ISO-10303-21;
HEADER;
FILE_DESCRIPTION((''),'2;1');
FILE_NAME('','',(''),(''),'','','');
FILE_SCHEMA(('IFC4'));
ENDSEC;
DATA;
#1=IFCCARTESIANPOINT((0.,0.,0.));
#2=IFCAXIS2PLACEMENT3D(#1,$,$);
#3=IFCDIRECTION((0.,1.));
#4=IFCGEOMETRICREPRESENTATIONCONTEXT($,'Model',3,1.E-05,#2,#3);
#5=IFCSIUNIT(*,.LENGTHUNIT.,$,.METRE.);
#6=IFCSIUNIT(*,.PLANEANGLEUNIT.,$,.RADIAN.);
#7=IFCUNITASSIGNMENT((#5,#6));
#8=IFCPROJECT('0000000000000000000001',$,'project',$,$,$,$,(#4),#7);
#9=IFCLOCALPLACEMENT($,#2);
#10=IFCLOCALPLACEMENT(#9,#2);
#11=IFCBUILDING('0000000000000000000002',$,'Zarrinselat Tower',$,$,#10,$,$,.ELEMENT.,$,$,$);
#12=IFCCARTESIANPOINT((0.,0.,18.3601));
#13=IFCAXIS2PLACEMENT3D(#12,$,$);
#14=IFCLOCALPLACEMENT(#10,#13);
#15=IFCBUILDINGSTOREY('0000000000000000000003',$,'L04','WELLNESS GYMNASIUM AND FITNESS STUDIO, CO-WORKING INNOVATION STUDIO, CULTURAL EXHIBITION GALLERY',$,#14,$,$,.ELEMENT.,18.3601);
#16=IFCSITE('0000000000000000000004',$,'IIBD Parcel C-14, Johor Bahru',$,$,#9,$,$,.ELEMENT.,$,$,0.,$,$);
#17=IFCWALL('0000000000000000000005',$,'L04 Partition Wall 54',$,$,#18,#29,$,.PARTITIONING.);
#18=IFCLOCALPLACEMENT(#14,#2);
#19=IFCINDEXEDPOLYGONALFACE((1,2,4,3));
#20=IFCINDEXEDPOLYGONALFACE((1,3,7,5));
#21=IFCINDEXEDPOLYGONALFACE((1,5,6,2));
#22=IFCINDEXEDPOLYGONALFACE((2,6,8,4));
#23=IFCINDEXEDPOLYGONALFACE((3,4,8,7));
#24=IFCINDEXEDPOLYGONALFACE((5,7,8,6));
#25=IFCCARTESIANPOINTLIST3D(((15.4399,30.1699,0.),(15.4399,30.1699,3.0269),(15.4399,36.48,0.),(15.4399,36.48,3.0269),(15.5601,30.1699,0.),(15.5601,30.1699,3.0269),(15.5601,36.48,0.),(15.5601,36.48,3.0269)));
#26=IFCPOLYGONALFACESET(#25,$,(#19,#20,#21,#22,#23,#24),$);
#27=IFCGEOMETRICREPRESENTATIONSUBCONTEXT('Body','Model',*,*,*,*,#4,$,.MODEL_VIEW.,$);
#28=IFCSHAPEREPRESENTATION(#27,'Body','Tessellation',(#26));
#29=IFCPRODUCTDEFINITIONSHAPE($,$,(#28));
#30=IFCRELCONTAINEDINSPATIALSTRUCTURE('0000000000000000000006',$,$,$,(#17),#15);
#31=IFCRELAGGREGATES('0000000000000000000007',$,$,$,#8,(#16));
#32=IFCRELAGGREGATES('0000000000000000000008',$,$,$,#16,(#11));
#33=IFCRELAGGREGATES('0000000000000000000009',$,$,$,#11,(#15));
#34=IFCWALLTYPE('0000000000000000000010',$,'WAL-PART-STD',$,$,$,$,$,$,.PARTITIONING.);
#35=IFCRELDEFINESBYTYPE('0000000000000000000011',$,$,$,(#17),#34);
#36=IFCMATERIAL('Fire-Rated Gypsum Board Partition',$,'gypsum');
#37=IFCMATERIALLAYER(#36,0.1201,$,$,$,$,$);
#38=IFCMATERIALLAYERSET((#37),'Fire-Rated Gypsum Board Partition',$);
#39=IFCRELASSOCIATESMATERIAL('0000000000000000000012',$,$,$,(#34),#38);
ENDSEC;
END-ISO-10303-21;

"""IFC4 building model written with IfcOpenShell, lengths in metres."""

from ifc_helpers import new_model, si_unit, direction, frame, frame_2d, origin, place, context, subcontext, project, spatial, rectangle, extrude, material, layer, layer_set, type_object, element, save


model = new_model("IFC4")

# Units and contexts
model_context = context("Model", 3, precision=1e-05, world=origin(), true_north=direction((0.0, 1.0)))
body_context = subcontext(model_context, "Body", "Model", "MODEL_VIEW")
ifc_project = project(units=[si_unit("LENGTHUNIT", "METRE"), si_unit("PLANEANGLEUNIT", "RADIAN")], contexts=[model_context])

# Site, building, storey
site_placement = place(None, origin())
site = spatial("IfcSite", under=ifc_project, at=site_placement, Name="IIBD Parcel C-14, Johor Bahru", CompositionType="ELEMENT", RefElevation=0.0)
building_placement = place(site_placement, origin())
building = spatial("IfcBuilding", under=site, at=building_placement, Name="Zarrinselat Tower", CompositionType="ELEMENT")
storey_placement = place(building_placement, frame((0.0, 0.0, 18.3601)))
storey = spatial("IfcBuildingStorey", under=building, at=storey_placement, Name="L04", Description="WELLNESS GYMNASIUM AND FITNESS STUDIO, CO-WORKING INNOVATION STUDIO, CULTURAL EXHIBITION GALLERY", CompositionType="ELEMENT", Elevation=18.3601)

# Wall
ifc_material_1 = material(Name="Fire-Rated Gypsum Board Partition", Category="gypsum")
ifc_layer_1 = layer(ifc_material_1, 0.1201)
ifc_layer_set_1 = layer_set([ifc_layer_1], Name="Fire-Rated Gypsum Board Partition")
wall_type_1 = type_object("IfcWallType", Name="WAL-PART-STD", PredefinedType="PARTITIONING", material=ifc_layer_set_1)
wall_1_placement = place(storey_placement, frame((15.5, 30.1699, 0.0), z_axis=(0.0, 0.0, 1.0), x_axis=(0.0, 1.0, 0.0)))
element("IfcWall", 1, at=wall_1_placement, inside=storey, type_object=wall_type_1, Name="L04 Partition Wall 54", PredefinedType="PARTITIONING", context=body_context, shape_type="SweptSolid", body=[
    extrude(rectangle(XDim=6.3101, YDim=0.1201, at=frame_2d((3.155, 0.0))), origin(), (0.0, 0.0, 1.0), 3.0269),
])

save(model, "model.ifc")
